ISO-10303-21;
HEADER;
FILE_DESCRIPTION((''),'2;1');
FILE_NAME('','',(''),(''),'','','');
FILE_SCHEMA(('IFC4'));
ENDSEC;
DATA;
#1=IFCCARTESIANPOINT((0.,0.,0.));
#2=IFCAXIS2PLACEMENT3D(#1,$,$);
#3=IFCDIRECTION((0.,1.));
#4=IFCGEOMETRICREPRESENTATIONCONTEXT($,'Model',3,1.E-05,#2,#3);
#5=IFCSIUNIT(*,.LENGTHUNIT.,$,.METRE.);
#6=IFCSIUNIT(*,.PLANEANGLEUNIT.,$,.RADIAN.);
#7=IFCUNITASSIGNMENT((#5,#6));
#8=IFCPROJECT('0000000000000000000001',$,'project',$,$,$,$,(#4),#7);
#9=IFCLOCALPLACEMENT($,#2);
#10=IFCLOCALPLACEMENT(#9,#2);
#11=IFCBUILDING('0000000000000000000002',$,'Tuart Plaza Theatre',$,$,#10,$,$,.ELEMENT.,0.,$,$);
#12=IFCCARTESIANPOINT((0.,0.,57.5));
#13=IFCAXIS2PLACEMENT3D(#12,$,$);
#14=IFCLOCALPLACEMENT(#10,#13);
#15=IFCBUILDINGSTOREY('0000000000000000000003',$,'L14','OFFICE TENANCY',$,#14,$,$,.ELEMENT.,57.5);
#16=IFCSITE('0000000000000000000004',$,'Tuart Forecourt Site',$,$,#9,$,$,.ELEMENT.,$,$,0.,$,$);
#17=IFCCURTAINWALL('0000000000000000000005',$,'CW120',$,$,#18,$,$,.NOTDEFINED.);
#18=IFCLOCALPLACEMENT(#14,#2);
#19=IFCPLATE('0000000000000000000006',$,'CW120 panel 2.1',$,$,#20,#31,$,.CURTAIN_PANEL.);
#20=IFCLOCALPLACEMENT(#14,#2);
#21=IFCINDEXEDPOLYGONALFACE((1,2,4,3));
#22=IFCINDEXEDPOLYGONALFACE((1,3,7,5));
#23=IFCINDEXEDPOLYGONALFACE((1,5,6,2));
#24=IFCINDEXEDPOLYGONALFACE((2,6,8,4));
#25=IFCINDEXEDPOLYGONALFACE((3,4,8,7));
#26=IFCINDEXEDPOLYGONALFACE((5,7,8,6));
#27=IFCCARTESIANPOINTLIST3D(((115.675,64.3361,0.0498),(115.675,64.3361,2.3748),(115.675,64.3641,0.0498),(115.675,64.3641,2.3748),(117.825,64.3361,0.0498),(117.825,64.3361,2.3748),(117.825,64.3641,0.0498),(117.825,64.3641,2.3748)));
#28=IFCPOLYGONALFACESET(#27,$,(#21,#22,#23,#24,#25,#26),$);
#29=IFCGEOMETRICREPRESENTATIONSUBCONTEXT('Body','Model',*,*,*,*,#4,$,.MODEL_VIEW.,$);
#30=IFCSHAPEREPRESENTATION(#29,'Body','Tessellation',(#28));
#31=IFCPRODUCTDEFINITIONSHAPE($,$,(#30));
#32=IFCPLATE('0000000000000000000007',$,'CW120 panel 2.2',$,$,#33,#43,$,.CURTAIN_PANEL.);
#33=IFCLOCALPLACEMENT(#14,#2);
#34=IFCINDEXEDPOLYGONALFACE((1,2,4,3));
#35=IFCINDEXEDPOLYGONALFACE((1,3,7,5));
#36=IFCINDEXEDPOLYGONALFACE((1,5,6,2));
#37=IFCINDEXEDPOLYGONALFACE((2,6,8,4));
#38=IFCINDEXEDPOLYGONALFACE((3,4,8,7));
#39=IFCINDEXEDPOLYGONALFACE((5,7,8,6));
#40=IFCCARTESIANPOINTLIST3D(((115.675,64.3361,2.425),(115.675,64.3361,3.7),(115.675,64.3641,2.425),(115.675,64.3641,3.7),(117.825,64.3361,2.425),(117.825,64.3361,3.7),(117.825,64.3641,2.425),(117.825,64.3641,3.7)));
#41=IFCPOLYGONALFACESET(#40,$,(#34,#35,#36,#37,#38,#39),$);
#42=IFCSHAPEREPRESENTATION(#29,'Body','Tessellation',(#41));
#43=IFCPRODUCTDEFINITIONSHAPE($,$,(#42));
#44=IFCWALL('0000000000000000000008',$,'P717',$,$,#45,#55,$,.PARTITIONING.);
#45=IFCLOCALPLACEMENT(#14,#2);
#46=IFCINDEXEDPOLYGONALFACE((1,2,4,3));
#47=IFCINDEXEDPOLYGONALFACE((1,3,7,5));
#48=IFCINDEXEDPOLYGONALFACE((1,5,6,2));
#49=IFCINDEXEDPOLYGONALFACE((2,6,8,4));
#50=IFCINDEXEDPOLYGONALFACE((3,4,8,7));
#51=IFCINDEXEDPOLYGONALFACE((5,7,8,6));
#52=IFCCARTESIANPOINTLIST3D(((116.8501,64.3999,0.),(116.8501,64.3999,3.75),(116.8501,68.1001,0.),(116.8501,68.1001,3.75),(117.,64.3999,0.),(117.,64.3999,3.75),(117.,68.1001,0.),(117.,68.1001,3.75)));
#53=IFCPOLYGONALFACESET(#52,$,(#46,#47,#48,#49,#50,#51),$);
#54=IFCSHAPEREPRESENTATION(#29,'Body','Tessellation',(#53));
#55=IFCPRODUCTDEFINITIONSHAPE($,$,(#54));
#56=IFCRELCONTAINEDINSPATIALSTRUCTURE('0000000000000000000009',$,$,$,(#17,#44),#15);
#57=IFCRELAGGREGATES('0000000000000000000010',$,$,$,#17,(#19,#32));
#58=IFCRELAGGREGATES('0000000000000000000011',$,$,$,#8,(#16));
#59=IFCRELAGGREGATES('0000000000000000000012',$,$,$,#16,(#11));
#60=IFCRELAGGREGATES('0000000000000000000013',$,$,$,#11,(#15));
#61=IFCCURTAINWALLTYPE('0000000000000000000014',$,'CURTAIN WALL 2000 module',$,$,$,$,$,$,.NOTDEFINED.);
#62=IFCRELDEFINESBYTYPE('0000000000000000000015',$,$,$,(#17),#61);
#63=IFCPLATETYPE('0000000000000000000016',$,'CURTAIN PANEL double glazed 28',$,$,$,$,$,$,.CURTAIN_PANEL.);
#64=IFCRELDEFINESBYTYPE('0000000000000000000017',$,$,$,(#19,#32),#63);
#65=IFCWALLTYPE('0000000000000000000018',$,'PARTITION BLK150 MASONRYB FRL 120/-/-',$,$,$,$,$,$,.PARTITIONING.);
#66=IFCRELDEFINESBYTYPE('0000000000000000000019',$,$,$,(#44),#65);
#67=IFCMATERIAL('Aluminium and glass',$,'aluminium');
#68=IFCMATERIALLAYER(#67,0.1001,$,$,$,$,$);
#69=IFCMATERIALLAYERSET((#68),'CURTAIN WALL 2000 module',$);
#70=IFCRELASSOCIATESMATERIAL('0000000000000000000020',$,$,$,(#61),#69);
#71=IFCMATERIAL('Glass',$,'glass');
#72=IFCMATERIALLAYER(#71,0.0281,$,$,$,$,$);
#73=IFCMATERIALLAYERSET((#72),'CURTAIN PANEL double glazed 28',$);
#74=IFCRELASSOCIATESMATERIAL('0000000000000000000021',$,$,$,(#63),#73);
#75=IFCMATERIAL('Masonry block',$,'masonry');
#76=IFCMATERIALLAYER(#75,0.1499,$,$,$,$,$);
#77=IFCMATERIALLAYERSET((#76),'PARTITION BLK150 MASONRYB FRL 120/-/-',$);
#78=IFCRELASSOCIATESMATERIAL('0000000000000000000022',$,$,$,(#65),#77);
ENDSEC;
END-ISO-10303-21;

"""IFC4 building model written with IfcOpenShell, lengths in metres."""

from ifc_helpers import new_model, si_unit, direction, frame, frame_2d, origin, origin_2d, place, context, subcontext, project, spatial, rectangle, extrude, material, layer, layer_set, type_object, element, aggregate, save


model = new_model("IFC4")

# Units and contexts
model_context = context("Model", 3, precision=1e-05, world=origin(), true_north=direction((0.0, 1.0)))
body_context = subcontext(model_context, "Body", "Model", "MODEL_VIEW")
ifc_project = project(units=[si_unit("LENGTHUNIT", "METRE"), si_unit("PLANEANGLEUNIT", "RADIAN")], contexts=[model_context])

# Site, building, storey
site_placement = place(None, origin())
site = spatial("IfcSite", under=ifc_project, at=site_placement, Name="Tuart Forecourt Site", CompositionType="ELEMENT", RefElevation=0.0)
building_placement = place(site_placement, origin())
building = spatial("IfcBuilding", under=site, at=building_placement, Name="Tuart Plaza Theatre", CompositionType="ELEMENT", ElevationOfRefHeight=0.0)
storey_placement = place(building_placement, frame((0.0, 0.0, 57.5)))
storey = spatial("IfcBuildingStorey", under=building, at=storey_placement, Name="L14", Description="OFFICE TENANCY", CompositionType="ELEMENT", Elevation=57.5)

# Curtain wall
ifc_material_1 = material(Name="Aluminium and glass", Category="aluminium")
ifc_layer_1 = layer(ifc_material_1, 0.1001)
ifc_layer_set_1 = layer_set([ifc_layer_1], Name="CURTAIN WALL 2000 module")
curtain_wall_type_1 = type_object("IfcCurtainWallType", Name="CURTAIN WALL 2000 module", PredefinedType="NOTDEFINED", material=ifc_layer_set_1)
curtain_wall_1_placement = place(storey_placement, origin())
curtain_wall_1 = element("IfcCurtainWall", 1, at=curtain_wall_1_placement, inside=storey, type_object=curtain_wall_type_1, Name="CW120", PredefinedType="NOTDEFINED")

# Plates
ifc_material_2 = material(Name="Glass", Category="glass")
ifc_layer_2 = layer(ifc_material_2, 0.0281)
ifc_layer_set_2 = layer_set([ifc_layer_2], Name="CURTAIN PANEL double glazed 28")
plate_type = type_object("IfcPlateType", Name="CURTAIN PANEL double glazed 28", PredefinedType="CURTAIN_PANEL", material=ifc_layer_set_2)
plate_1_placement = place(storey_placement, frame((116.75, 64.3501, 0.0498), z_axis=(0.0, 0.0, 1.0), x_axis=(1.0, 0.0, 0.0)))
plate_1 = element("IfcPlate", 2, at=plate_1_placement, type_object=plate_type, Name="CW120 panel 2.1", PredefinedType="CURTAIN_PANEL", context=body_context, shape_type="SweptSolid", body=[
    extrude(rectangle(XDim=2.1499, YDim=0.0281, at=origin_2d()), origin(), (0.0, 0.0, 1.0), 2.325),
])
plate_2_placement = place(storey_placement, frame((116.75, 64.3501, 2.425), z_axis=(0.0, 0.0, 1.0), x_axis=(1.0, 0.0, 0.0)))
plate_2 = element("IfcPlate", 3, at=plate_2_placement, type_object=plate_type, Name="CW120 panel 2.2", PredefinedType="CURTAIN_PANEL", context=body_context, shape_type="SweptSolid", body=[
    extrude(rectangle(XDim=2.1499, YDim=0.0281, at=origin_2d()), origin(), (0.0, 0.0, 1.0), 1.2749),
])
aggregate(curtain_wall_1, [plate_1, plate_2])

# Wall
ifc_material_3 = material(Name="Masonry block", Category="masonry")
ifc_layer_3 = layer(ifc_material_3, 0.1499)
ifc_layer_set_3 = layer_set([ifc_layer_3], Name="PARTITION BLK150 MASONRYB FRL 120/-/-")
wall_type = type_object("IfcWallType", Name="PARTITION BLK150 MASONRYB FRL 120/-/-", PredefinedType="PARTITIONING", material=ifc_layer_set_3)
wall_placement = place(storey_placement, frame((116.925, 64.3999, 0.0), z_axis=(0.0, 0.0, 1.0), x_axis=(0.0, 1.0, 0.0)))
element("IfcWall", 4, at=wall_placement, inside=storey, type_object=wall_type, Name="P717", PredefinedType="PARTITIONING", context=body_context, shape_type="SweptSolid", body=[
    extrude(rectangle(XDim=3.7002, YDim=0.1499, at=frame_2d((1.8501, 0.0))), origin(), (0.0, 0.0, 1.0), 3.75),
])

save(model, "model.ifc")
